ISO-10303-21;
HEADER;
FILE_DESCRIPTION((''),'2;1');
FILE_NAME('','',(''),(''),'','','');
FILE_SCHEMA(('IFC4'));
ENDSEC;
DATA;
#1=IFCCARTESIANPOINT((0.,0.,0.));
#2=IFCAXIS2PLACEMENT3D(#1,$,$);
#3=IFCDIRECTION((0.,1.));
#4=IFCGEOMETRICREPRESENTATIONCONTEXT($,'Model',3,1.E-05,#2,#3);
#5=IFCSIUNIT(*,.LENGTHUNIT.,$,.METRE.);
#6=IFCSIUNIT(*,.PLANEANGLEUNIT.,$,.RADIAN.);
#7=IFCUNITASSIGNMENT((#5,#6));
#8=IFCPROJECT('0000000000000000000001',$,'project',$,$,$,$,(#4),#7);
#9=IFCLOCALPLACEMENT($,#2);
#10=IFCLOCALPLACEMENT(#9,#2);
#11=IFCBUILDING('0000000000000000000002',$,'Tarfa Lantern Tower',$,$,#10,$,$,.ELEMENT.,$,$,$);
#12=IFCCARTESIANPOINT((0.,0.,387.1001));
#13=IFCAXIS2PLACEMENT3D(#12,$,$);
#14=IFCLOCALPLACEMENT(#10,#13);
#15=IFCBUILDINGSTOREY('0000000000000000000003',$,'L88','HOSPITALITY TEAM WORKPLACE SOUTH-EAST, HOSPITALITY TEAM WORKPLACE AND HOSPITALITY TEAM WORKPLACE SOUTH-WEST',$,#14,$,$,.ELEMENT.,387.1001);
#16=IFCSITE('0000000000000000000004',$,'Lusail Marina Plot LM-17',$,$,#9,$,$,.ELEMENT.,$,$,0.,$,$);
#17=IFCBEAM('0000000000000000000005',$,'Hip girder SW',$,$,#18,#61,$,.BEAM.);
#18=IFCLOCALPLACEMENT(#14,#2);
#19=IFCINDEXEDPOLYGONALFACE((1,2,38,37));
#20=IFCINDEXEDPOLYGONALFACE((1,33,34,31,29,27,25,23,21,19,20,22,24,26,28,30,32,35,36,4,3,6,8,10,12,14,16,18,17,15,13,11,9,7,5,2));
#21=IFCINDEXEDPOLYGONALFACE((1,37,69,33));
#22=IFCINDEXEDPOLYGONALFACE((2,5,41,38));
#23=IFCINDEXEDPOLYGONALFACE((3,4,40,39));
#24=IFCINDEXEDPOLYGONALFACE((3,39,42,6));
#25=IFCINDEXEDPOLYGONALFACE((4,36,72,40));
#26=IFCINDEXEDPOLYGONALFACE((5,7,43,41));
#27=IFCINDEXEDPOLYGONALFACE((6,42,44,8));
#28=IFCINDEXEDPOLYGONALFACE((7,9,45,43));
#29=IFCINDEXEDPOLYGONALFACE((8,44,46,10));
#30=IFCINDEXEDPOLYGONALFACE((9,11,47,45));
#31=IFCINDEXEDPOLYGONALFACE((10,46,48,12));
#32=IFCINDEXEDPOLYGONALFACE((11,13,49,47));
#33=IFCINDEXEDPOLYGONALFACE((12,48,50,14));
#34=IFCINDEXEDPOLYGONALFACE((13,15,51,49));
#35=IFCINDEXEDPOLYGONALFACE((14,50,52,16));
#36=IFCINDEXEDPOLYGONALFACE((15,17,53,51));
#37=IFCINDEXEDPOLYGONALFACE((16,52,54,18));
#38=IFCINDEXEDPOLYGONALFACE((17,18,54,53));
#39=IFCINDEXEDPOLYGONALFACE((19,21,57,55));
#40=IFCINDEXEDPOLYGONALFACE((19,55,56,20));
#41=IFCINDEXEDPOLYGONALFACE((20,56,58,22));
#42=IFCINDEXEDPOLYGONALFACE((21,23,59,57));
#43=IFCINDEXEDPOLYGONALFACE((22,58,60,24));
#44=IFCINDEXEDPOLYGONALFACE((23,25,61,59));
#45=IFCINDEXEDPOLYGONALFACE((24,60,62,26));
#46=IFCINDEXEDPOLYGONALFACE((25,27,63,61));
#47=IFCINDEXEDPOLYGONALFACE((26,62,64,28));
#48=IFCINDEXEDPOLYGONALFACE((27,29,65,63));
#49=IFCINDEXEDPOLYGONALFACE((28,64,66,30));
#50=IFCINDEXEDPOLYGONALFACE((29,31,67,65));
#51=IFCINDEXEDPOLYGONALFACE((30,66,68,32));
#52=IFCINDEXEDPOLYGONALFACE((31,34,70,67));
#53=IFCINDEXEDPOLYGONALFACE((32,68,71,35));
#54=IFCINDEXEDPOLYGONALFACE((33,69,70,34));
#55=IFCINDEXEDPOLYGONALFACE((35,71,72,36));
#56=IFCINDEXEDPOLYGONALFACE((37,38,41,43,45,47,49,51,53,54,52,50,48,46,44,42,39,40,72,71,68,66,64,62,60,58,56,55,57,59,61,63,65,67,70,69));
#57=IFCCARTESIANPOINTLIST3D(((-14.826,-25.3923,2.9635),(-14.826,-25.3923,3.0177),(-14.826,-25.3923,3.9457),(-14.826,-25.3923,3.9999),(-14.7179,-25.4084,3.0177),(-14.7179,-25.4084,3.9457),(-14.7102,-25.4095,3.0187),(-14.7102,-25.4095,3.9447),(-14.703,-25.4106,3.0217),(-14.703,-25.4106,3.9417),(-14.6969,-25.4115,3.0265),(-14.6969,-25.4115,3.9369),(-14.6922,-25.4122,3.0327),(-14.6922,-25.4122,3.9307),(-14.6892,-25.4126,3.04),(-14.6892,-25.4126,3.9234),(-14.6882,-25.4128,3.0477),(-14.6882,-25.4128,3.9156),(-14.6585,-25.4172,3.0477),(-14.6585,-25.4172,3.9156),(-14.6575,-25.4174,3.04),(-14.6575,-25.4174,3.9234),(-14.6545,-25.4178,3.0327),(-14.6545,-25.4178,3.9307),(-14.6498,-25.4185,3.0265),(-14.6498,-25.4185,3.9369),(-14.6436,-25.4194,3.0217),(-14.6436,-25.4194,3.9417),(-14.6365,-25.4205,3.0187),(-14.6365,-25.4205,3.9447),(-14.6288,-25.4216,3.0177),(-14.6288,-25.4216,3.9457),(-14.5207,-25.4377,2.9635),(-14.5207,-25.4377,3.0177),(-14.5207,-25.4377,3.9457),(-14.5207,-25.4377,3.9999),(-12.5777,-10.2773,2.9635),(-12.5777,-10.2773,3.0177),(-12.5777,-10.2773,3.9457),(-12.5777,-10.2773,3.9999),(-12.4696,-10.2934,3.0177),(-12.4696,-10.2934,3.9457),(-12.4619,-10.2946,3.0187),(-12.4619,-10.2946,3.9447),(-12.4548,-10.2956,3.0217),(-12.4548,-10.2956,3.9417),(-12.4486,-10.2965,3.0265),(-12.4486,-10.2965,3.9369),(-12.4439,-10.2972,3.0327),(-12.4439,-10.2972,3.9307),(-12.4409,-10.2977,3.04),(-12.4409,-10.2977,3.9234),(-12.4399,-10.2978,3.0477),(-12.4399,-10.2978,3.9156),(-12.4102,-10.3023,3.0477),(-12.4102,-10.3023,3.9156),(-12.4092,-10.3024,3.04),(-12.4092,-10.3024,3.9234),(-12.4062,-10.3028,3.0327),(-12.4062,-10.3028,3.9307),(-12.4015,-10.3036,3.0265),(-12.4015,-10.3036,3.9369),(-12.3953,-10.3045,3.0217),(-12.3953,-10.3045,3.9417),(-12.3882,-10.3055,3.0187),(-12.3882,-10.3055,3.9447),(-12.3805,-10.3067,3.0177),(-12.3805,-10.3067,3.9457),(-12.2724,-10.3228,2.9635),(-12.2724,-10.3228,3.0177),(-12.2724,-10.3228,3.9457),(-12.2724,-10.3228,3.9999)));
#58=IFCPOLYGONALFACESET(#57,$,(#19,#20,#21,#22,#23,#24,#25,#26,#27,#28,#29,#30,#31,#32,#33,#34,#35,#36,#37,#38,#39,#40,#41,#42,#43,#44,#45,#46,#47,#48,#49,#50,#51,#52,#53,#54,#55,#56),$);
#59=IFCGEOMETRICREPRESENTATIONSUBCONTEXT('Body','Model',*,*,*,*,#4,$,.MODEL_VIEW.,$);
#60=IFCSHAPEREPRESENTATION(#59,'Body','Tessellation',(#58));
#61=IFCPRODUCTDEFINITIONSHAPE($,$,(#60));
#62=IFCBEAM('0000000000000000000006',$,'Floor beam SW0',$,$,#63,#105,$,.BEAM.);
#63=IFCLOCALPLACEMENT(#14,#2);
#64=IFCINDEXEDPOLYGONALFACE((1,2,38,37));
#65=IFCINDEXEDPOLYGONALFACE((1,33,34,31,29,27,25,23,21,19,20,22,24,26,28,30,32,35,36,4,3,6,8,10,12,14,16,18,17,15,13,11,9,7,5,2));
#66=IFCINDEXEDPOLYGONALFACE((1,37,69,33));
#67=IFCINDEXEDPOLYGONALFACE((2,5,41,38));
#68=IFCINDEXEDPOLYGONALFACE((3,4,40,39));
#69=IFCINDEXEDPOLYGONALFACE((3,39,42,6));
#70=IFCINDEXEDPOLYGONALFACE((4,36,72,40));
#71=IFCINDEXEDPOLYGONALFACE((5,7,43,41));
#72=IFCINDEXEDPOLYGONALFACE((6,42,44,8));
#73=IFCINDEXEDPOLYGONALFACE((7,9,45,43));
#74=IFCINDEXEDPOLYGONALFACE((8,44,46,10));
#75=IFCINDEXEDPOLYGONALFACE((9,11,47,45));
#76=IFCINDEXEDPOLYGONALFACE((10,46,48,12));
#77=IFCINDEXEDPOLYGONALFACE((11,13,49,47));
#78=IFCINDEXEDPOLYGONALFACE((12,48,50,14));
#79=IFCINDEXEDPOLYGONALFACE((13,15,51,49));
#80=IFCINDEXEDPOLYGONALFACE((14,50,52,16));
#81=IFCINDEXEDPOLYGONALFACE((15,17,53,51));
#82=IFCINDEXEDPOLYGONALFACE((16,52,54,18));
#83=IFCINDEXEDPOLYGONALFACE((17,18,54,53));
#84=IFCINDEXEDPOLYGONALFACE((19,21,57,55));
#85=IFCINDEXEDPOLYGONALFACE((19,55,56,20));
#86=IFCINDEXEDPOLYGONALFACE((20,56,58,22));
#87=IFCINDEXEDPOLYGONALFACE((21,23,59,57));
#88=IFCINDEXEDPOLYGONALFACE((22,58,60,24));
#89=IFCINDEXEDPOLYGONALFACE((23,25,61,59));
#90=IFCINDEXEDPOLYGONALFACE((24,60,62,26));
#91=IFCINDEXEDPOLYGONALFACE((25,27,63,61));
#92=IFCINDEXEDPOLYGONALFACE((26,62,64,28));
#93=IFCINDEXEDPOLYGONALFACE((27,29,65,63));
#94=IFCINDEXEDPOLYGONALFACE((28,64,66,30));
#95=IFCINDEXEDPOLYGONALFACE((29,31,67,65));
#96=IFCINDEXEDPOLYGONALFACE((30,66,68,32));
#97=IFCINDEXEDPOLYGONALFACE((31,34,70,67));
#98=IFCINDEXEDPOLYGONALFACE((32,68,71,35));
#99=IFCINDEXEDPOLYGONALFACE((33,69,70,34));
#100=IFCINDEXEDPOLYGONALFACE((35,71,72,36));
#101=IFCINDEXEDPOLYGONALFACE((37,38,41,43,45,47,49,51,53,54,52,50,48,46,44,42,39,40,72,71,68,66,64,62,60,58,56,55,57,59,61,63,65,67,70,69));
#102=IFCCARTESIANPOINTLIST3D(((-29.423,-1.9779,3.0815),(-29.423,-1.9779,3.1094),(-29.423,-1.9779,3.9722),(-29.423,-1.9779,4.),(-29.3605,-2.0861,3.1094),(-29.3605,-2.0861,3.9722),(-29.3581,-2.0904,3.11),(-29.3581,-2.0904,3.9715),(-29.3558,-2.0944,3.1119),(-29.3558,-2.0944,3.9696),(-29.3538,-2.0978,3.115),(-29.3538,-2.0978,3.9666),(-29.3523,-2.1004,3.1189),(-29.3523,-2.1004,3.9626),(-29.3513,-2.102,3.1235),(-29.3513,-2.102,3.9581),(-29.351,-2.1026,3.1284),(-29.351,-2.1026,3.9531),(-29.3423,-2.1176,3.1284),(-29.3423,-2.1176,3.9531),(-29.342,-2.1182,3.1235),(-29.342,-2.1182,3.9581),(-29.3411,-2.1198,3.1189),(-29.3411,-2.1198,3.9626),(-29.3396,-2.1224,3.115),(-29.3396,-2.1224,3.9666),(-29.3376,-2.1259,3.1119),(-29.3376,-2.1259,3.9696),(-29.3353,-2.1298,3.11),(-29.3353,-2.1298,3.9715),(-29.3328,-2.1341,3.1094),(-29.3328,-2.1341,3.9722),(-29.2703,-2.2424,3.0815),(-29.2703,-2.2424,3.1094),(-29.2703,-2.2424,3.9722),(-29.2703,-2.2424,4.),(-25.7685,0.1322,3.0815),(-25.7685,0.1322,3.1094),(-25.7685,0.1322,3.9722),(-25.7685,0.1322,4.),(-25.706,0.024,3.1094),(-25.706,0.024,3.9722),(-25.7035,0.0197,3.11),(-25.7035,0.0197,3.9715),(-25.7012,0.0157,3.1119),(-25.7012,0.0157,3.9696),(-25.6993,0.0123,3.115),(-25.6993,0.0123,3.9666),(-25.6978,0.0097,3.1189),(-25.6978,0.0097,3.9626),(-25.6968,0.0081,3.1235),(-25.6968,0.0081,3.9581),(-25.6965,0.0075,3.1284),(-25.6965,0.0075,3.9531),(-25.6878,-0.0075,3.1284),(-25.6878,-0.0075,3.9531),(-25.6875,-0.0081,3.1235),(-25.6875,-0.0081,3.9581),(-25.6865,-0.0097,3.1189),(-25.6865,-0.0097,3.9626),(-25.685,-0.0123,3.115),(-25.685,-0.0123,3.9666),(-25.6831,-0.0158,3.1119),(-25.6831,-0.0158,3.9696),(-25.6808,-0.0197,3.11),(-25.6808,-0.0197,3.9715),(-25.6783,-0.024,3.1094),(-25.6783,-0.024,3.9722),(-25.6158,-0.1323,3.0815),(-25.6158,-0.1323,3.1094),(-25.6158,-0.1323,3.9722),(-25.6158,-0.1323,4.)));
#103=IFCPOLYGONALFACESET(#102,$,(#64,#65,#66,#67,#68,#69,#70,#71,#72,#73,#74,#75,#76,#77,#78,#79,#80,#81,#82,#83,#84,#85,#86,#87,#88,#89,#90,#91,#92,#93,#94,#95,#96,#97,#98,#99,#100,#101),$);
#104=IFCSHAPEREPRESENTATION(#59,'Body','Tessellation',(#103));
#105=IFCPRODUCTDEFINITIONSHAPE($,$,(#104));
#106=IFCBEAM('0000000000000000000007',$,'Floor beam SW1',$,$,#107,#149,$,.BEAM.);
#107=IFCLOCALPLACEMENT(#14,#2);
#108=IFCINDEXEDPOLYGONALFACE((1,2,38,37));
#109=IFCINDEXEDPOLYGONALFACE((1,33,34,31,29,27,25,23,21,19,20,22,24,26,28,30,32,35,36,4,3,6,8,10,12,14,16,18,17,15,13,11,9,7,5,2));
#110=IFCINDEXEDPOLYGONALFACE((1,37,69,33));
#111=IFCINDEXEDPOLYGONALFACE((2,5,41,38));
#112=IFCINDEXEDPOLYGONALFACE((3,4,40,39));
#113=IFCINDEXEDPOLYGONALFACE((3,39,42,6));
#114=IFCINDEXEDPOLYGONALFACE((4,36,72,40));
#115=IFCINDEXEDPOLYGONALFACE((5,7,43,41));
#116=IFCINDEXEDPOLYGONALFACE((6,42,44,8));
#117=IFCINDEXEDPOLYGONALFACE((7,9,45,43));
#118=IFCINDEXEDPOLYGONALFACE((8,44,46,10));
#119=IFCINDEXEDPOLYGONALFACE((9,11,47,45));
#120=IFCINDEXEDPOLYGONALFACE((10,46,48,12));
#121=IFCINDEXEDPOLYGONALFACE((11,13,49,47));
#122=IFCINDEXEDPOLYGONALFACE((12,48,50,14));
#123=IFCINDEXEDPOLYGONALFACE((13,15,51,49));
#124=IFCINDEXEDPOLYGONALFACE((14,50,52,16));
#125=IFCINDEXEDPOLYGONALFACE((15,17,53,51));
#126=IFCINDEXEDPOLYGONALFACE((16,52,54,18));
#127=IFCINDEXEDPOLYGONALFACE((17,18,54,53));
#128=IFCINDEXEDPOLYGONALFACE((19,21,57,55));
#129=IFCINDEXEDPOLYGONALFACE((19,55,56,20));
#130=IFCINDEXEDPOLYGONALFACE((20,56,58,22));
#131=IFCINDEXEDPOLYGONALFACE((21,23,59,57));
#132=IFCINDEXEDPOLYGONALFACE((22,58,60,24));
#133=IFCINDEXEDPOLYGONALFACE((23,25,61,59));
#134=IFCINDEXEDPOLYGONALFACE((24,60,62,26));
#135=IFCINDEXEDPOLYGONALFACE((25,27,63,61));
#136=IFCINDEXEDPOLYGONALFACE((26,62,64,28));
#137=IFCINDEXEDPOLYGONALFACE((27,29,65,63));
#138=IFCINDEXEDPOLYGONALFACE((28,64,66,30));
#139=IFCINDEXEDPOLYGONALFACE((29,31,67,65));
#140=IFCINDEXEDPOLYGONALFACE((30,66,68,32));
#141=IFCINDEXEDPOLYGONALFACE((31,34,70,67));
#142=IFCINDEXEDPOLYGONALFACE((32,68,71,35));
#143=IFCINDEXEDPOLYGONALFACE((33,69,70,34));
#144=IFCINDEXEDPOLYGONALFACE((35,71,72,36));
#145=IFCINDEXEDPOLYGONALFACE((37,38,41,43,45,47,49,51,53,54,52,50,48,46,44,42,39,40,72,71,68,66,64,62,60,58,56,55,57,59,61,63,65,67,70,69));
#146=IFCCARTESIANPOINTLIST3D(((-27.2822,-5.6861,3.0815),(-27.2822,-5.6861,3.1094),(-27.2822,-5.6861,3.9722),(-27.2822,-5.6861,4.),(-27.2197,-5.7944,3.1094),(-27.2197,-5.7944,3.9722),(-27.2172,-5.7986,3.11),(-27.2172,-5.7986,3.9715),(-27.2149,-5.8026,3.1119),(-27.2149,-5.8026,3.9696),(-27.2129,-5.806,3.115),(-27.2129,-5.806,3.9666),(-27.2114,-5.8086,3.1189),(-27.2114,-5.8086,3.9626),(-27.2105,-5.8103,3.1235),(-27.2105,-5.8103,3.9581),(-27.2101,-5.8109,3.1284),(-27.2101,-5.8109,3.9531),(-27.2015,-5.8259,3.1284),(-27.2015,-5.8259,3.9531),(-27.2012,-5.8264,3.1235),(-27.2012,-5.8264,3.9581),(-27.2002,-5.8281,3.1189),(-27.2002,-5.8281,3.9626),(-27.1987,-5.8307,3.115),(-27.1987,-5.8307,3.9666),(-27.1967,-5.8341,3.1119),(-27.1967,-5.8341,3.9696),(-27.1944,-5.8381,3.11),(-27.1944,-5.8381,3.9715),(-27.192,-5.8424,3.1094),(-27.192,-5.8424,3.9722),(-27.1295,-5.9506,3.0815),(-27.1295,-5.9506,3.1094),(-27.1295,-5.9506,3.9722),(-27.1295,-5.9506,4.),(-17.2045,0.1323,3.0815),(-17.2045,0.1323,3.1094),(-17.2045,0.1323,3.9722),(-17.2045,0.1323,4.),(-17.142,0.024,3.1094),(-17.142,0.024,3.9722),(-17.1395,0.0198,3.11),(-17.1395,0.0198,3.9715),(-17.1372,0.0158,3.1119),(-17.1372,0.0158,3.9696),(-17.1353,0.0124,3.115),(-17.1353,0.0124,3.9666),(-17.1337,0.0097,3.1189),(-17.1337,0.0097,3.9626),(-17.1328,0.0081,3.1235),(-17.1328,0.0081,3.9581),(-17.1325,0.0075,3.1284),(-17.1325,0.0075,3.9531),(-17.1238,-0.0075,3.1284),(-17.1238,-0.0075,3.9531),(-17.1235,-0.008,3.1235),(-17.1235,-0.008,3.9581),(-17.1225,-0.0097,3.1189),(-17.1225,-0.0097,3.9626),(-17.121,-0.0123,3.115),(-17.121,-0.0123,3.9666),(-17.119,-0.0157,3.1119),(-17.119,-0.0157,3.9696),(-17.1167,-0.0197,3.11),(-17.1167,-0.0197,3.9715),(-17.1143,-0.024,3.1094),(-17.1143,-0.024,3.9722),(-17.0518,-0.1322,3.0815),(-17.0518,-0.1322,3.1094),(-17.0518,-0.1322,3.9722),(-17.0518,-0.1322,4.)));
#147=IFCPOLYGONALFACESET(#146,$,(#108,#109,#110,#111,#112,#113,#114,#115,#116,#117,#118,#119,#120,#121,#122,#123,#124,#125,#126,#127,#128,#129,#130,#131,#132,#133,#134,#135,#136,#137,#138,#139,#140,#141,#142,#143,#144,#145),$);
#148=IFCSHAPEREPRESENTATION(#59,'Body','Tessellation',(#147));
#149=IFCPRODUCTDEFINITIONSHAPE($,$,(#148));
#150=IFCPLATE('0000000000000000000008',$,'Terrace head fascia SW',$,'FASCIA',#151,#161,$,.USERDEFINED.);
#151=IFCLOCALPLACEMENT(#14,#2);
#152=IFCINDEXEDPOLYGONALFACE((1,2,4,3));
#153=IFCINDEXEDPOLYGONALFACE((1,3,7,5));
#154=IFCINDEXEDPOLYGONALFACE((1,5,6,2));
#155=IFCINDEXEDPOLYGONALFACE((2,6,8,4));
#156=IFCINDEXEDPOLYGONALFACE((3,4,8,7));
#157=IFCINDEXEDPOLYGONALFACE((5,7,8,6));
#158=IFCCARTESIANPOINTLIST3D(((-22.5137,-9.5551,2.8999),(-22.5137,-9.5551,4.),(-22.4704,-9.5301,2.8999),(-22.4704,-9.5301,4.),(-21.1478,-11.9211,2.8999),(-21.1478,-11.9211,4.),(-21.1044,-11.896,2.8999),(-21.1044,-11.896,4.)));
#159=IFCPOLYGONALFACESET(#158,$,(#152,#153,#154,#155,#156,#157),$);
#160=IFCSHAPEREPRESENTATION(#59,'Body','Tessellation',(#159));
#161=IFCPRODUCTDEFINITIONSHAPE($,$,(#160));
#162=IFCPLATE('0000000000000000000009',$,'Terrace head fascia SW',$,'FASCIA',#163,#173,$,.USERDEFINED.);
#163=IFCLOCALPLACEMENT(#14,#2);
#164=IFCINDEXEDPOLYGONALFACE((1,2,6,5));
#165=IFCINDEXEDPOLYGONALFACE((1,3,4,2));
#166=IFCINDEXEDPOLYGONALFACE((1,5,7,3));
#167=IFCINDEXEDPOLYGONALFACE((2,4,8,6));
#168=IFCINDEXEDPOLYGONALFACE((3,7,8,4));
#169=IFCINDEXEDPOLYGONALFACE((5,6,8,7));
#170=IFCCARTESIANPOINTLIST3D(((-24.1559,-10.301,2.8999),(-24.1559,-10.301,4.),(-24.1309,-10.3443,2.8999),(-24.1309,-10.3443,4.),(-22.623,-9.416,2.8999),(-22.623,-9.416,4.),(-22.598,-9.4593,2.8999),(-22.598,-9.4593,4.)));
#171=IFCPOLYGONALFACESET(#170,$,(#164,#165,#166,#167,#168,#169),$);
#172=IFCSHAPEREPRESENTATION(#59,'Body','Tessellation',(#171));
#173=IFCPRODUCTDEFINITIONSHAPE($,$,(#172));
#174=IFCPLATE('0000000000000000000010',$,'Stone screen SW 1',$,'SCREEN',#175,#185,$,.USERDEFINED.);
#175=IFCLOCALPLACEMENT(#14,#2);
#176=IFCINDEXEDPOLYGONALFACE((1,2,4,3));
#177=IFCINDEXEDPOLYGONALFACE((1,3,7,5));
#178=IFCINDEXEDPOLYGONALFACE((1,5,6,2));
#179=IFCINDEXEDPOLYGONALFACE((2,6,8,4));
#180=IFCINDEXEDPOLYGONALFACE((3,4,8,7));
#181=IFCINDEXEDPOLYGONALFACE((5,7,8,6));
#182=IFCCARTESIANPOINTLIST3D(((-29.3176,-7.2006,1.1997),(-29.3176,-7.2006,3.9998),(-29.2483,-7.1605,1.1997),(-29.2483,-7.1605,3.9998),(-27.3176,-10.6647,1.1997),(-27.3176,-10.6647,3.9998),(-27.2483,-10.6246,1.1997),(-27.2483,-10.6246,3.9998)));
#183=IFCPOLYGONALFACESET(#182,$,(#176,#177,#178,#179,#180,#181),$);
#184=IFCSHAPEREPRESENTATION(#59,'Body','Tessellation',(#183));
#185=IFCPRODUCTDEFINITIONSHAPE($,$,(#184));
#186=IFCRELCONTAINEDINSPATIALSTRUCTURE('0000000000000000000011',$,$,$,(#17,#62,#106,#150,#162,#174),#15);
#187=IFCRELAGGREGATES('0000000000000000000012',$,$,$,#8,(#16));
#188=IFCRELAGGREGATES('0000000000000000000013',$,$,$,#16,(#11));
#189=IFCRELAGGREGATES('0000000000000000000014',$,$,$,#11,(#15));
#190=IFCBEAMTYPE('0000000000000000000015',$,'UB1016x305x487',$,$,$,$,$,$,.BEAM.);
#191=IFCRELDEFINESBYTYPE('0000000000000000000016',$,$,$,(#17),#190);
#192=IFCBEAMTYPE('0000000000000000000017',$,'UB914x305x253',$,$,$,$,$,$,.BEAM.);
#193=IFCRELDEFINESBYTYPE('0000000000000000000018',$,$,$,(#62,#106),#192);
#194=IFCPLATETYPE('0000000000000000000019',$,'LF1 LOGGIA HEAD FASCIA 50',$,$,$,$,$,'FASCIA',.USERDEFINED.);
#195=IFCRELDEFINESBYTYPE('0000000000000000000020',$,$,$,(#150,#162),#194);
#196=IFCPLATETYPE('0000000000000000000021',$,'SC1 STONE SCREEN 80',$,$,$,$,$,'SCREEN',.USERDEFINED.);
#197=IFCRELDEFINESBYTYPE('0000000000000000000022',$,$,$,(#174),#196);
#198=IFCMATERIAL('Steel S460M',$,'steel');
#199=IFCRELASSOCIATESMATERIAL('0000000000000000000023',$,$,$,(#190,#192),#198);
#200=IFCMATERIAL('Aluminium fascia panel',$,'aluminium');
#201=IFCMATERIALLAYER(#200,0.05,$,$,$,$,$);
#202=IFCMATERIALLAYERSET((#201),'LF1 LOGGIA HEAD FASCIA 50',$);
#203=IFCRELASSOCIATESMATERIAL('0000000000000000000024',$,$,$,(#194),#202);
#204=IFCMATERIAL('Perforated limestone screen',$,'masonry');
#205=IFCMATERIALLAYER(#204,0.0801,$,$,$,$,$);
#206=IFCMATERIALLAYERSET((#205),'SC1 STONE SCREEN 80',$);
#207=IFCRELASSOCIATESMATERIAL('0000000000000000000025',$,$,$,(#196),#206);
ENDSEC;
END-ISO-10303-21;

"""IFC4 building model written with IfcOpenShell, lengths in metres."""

from ifc_helpers import new_model, si_unit, direction, frame, origin, origin_2d, place, context, subcontext, project, spatial, rectangle, i_section, extrude, material, layer, layer_set, material_profile, profile_set, type_object, element, save


model = new_model("IFC4")

# Units and contexts
model_context = context("Model", 3, precision=1e-05, world=origin(), true_north=direction((0.0, 1.0)))
body_context = subcontext(model_context, "Body", "Model", "MODEL_VIEW")
ifc_project = project(units=[si_unit("LENGTHUNIT", "METRE"), si_unit("PLANEANGLEUNIT", "RADIAN")], contexts=[model_context])

# Site, building, storey
site_placement = place(None, origin())
site = spatial("IfcSite", under=ifc_project, at=site_placement, Name="Lusail Marina Plot LM-17", CompositionType="ELEMENT", RefElevation=0.0)
building_placement = place(site_placement, origin())
building = spatial("IfcBuilding", under=site, at=building_placement, Name="Tarfa Lantern Tower", CompositionType="ELEMENT")
storey_placement = place(building_placement, frame((0.0, 0.0, 387.1001)))
storey = spatial("IfcBuildingStorey", under=building, at=storey_placement, Name="L88", Description="HOSPITALITY TEAM WORKPLACE SOUTH-EAST, HOSPITALITY TEAM WORKPLACE AND HOSPITALITY TEAM WORKPLACE SOUTH-WEST", CompositionType="ELEMENT", Elevation=387.1001)

# Beams
ifc_material_1 = material(Name="Steel S460M", Category="steel")
ifc_material_profile_1 = material_profile(ifc_material_1, i_section(OverallWidth=0.3086, OverallDepth=1.0364, WebThickness=0.03, FlangeThickness=0.0542, FilletRadius=0.03, at=origin_2d()), Name="UB1016x305x487")
ifc_profile_set_1 = profile_set([ifc_material_profile_1], Name="Steel S460M")
beam_type_1 = type_object("IfcBeamType", Name="UB1016x305x487", PredefinedType="BEAM", material=ifc_profile_set_1)
beam_1_placement = place(storey_placement, frame((-12.425, -10.3, 3.4817), z_axis=(-0.147127, -0.989118, 0.0), x_axis=(0.989118, -0.147127, 0.0)))
element("IfcBeam", 1, at=beam_1_placement, inside=storey, type_object=beam_type_1, Name="Hip girder SW", PredefinedType="BEAM", context=body_context, shape_type="SweptSolid", body=[
    extrude(i_section(OverallWidth=0.3086, OverallDepth=1.0364, WebThickness=0.03, FlangeThickness=0.0542, FilletRadius=0.03, at=origin_2d()), origin(), (0.0, 0.0, 1.0), 15.2812),
])
ifc_material_profile_2 = material_profile(ifc_material_1, i_section(OverallWidth=0.3054, OverallDepth=0.9185, WebThickness=0.0173, FlangeThickness=0.0278, FilletRadius=0.019, at=origin_2d()), Name="UB914x305x253")
ifc_profile_set_2 = profile_set([ifc_material_profile_2], Name="Steel S460M")
beam_type_2 = type_object("IfcBeamType", Name="UB914x305x253", PredefinedType="BEAM", material=ifc_profile_set_2)
beam_2_placement = place(storey_placement, frame((-29.3467, -2.1101, 3.5408), z_axis=(0.866009, 0.500028, 0.0), x_axis=(-0.500028, 0.866009, 0.0)))
element("IfcBeam", 2, at=beam_2_placement, inside=storey, type_object=beam_type_2, Name="Floor beam SW0", PredefinedType="BEAM", context=body_context, shape_type="SweptSolid", body=[
    extrude(i_section(OverallWidth=0.3054, OverallDepth=0.9185, WebThickness=0.0173, FlangeThickness=0.0278, FilletRadius=0.019, at=origin_2d()), origin(), (0.0, 0.0, 1.0), 4.22),
])
beam_3_placement = place(storey_placement, frame((-27.2058, -5.8184, 3.5408), z_axis=(0.866024, 0.500002, 0.0), x_axis=(-0.500002, 0.866024, 0.0)))
element("IfcBeam", 3, at=beam_3_placement, inside=storey, type_object=beam_type_2, Name="Floor beam SW1", PredefinedType="BEAM", context=body_context, shape_type="SweptSolid", body=[
    extrude(i_section(OverallWidth=0.3054, OverallDepth=0.9185, WebThickness=0.0173, FlangeThickness=0.0278, FilletRadius=0.019, at=origin_2d()), origin(), (0.0, 0.0, 1.0), 11.6367),
])

# Plates
ifc_material_2 = material(Name="Aluminium fascia panel", Category="aluminium")
ifc_layer_1 = layer(ifc_material_2, 0.05)
ifc_layer_set_1 = layer_set([ifc_layer_1], Name="LF1 LOGGIA HEAD FASCIA 50")
plate_type_1 = type_object("IfcPlateType", Name="LF1 LOGGIA HEAD FASCIA 50", ElementType="FASCIA", PredefinedType="USERDEFINED", material=ifc_layer_set_1)
plate_1_placement = place(storey_placement, frame((-21.8091, -10.7256, 2.8999), z_axis=(0.0, 0.0, 1.0), x_axis=(0.5, -0.866025, 0.0)))
element("IfcPlate", 4, at=plate_1_placement, inside=storey, type_object=plate_type_1, Name="Terrace head fascia SW", ObjectType="FASCIA", PredefinedType="USERDEFINED", context=body_context, shape_type="SweptSolid", body=[
    extrude(rectangle(XDim=2.7319, YDim=0.05, at=origin_2d()), origin(), (0.0, 0.0, 1.0), 1.1001),
])
plate_2_placement = place(storey_placement, frame((-23.377, -9.8801, 2.8999), z_axis=(0.0, 0.0, 1.0), x_axis=(0.866025, 0.5, 0.0)))
element("IfcPlate", 5, at=plate_2_placement, inside=storey, type_object=plate_type_1, Name="Terrace head fascia SW", ObjectType="FASCIA", PredefinedType="USERDEFINED", context=body_context, shape_type="SweptSolid", body=[
    extrude(rectangle(XDim=1.77, YDim=0.05, at=origin_2d()), origin(), (0.0, 0.0, 1.0), 1.1001),
])
ifc_material_3 = material(Name="Perforated limestone screen", Category="masonry")
ifc_layer_2 = layer(ifc_material_3, 0.0801)
ifc_layer_set_2 = layer_set([ifc_layer_2], Name="SC1 STONE SCREEN 80")
plate_type_2 = type_object("IfcPlateType", Name="SC1 STONE SCREEN 80", ElementType="SCREEN", PredefinedType="USERDEFINED", material=ifc_layer_set_2)
plate_3_placement = place(storey_placement, frame((-28.283, -8.9126, 1.1997), z_axis=(0.0, 0.0, 1.0), x_axis=(0.5, -0.866025, 0.0)))
element("IfcPlate", 6, at=plate_3_placement, inside=storey, type_object=plate_type_2, Name="Stone screen SW 1", ObjectType="SCREEN", PredefinedType="USERDEFINED", context=body_context, shape_type="SweptSolid", body=[
    extrude(rectangle(XDim=4.0, YDim=0.0801, at=origin_2d()), origin(), (0.0, 0.0, 1.0), 2.8),
])

save(model, "model.ifc")
